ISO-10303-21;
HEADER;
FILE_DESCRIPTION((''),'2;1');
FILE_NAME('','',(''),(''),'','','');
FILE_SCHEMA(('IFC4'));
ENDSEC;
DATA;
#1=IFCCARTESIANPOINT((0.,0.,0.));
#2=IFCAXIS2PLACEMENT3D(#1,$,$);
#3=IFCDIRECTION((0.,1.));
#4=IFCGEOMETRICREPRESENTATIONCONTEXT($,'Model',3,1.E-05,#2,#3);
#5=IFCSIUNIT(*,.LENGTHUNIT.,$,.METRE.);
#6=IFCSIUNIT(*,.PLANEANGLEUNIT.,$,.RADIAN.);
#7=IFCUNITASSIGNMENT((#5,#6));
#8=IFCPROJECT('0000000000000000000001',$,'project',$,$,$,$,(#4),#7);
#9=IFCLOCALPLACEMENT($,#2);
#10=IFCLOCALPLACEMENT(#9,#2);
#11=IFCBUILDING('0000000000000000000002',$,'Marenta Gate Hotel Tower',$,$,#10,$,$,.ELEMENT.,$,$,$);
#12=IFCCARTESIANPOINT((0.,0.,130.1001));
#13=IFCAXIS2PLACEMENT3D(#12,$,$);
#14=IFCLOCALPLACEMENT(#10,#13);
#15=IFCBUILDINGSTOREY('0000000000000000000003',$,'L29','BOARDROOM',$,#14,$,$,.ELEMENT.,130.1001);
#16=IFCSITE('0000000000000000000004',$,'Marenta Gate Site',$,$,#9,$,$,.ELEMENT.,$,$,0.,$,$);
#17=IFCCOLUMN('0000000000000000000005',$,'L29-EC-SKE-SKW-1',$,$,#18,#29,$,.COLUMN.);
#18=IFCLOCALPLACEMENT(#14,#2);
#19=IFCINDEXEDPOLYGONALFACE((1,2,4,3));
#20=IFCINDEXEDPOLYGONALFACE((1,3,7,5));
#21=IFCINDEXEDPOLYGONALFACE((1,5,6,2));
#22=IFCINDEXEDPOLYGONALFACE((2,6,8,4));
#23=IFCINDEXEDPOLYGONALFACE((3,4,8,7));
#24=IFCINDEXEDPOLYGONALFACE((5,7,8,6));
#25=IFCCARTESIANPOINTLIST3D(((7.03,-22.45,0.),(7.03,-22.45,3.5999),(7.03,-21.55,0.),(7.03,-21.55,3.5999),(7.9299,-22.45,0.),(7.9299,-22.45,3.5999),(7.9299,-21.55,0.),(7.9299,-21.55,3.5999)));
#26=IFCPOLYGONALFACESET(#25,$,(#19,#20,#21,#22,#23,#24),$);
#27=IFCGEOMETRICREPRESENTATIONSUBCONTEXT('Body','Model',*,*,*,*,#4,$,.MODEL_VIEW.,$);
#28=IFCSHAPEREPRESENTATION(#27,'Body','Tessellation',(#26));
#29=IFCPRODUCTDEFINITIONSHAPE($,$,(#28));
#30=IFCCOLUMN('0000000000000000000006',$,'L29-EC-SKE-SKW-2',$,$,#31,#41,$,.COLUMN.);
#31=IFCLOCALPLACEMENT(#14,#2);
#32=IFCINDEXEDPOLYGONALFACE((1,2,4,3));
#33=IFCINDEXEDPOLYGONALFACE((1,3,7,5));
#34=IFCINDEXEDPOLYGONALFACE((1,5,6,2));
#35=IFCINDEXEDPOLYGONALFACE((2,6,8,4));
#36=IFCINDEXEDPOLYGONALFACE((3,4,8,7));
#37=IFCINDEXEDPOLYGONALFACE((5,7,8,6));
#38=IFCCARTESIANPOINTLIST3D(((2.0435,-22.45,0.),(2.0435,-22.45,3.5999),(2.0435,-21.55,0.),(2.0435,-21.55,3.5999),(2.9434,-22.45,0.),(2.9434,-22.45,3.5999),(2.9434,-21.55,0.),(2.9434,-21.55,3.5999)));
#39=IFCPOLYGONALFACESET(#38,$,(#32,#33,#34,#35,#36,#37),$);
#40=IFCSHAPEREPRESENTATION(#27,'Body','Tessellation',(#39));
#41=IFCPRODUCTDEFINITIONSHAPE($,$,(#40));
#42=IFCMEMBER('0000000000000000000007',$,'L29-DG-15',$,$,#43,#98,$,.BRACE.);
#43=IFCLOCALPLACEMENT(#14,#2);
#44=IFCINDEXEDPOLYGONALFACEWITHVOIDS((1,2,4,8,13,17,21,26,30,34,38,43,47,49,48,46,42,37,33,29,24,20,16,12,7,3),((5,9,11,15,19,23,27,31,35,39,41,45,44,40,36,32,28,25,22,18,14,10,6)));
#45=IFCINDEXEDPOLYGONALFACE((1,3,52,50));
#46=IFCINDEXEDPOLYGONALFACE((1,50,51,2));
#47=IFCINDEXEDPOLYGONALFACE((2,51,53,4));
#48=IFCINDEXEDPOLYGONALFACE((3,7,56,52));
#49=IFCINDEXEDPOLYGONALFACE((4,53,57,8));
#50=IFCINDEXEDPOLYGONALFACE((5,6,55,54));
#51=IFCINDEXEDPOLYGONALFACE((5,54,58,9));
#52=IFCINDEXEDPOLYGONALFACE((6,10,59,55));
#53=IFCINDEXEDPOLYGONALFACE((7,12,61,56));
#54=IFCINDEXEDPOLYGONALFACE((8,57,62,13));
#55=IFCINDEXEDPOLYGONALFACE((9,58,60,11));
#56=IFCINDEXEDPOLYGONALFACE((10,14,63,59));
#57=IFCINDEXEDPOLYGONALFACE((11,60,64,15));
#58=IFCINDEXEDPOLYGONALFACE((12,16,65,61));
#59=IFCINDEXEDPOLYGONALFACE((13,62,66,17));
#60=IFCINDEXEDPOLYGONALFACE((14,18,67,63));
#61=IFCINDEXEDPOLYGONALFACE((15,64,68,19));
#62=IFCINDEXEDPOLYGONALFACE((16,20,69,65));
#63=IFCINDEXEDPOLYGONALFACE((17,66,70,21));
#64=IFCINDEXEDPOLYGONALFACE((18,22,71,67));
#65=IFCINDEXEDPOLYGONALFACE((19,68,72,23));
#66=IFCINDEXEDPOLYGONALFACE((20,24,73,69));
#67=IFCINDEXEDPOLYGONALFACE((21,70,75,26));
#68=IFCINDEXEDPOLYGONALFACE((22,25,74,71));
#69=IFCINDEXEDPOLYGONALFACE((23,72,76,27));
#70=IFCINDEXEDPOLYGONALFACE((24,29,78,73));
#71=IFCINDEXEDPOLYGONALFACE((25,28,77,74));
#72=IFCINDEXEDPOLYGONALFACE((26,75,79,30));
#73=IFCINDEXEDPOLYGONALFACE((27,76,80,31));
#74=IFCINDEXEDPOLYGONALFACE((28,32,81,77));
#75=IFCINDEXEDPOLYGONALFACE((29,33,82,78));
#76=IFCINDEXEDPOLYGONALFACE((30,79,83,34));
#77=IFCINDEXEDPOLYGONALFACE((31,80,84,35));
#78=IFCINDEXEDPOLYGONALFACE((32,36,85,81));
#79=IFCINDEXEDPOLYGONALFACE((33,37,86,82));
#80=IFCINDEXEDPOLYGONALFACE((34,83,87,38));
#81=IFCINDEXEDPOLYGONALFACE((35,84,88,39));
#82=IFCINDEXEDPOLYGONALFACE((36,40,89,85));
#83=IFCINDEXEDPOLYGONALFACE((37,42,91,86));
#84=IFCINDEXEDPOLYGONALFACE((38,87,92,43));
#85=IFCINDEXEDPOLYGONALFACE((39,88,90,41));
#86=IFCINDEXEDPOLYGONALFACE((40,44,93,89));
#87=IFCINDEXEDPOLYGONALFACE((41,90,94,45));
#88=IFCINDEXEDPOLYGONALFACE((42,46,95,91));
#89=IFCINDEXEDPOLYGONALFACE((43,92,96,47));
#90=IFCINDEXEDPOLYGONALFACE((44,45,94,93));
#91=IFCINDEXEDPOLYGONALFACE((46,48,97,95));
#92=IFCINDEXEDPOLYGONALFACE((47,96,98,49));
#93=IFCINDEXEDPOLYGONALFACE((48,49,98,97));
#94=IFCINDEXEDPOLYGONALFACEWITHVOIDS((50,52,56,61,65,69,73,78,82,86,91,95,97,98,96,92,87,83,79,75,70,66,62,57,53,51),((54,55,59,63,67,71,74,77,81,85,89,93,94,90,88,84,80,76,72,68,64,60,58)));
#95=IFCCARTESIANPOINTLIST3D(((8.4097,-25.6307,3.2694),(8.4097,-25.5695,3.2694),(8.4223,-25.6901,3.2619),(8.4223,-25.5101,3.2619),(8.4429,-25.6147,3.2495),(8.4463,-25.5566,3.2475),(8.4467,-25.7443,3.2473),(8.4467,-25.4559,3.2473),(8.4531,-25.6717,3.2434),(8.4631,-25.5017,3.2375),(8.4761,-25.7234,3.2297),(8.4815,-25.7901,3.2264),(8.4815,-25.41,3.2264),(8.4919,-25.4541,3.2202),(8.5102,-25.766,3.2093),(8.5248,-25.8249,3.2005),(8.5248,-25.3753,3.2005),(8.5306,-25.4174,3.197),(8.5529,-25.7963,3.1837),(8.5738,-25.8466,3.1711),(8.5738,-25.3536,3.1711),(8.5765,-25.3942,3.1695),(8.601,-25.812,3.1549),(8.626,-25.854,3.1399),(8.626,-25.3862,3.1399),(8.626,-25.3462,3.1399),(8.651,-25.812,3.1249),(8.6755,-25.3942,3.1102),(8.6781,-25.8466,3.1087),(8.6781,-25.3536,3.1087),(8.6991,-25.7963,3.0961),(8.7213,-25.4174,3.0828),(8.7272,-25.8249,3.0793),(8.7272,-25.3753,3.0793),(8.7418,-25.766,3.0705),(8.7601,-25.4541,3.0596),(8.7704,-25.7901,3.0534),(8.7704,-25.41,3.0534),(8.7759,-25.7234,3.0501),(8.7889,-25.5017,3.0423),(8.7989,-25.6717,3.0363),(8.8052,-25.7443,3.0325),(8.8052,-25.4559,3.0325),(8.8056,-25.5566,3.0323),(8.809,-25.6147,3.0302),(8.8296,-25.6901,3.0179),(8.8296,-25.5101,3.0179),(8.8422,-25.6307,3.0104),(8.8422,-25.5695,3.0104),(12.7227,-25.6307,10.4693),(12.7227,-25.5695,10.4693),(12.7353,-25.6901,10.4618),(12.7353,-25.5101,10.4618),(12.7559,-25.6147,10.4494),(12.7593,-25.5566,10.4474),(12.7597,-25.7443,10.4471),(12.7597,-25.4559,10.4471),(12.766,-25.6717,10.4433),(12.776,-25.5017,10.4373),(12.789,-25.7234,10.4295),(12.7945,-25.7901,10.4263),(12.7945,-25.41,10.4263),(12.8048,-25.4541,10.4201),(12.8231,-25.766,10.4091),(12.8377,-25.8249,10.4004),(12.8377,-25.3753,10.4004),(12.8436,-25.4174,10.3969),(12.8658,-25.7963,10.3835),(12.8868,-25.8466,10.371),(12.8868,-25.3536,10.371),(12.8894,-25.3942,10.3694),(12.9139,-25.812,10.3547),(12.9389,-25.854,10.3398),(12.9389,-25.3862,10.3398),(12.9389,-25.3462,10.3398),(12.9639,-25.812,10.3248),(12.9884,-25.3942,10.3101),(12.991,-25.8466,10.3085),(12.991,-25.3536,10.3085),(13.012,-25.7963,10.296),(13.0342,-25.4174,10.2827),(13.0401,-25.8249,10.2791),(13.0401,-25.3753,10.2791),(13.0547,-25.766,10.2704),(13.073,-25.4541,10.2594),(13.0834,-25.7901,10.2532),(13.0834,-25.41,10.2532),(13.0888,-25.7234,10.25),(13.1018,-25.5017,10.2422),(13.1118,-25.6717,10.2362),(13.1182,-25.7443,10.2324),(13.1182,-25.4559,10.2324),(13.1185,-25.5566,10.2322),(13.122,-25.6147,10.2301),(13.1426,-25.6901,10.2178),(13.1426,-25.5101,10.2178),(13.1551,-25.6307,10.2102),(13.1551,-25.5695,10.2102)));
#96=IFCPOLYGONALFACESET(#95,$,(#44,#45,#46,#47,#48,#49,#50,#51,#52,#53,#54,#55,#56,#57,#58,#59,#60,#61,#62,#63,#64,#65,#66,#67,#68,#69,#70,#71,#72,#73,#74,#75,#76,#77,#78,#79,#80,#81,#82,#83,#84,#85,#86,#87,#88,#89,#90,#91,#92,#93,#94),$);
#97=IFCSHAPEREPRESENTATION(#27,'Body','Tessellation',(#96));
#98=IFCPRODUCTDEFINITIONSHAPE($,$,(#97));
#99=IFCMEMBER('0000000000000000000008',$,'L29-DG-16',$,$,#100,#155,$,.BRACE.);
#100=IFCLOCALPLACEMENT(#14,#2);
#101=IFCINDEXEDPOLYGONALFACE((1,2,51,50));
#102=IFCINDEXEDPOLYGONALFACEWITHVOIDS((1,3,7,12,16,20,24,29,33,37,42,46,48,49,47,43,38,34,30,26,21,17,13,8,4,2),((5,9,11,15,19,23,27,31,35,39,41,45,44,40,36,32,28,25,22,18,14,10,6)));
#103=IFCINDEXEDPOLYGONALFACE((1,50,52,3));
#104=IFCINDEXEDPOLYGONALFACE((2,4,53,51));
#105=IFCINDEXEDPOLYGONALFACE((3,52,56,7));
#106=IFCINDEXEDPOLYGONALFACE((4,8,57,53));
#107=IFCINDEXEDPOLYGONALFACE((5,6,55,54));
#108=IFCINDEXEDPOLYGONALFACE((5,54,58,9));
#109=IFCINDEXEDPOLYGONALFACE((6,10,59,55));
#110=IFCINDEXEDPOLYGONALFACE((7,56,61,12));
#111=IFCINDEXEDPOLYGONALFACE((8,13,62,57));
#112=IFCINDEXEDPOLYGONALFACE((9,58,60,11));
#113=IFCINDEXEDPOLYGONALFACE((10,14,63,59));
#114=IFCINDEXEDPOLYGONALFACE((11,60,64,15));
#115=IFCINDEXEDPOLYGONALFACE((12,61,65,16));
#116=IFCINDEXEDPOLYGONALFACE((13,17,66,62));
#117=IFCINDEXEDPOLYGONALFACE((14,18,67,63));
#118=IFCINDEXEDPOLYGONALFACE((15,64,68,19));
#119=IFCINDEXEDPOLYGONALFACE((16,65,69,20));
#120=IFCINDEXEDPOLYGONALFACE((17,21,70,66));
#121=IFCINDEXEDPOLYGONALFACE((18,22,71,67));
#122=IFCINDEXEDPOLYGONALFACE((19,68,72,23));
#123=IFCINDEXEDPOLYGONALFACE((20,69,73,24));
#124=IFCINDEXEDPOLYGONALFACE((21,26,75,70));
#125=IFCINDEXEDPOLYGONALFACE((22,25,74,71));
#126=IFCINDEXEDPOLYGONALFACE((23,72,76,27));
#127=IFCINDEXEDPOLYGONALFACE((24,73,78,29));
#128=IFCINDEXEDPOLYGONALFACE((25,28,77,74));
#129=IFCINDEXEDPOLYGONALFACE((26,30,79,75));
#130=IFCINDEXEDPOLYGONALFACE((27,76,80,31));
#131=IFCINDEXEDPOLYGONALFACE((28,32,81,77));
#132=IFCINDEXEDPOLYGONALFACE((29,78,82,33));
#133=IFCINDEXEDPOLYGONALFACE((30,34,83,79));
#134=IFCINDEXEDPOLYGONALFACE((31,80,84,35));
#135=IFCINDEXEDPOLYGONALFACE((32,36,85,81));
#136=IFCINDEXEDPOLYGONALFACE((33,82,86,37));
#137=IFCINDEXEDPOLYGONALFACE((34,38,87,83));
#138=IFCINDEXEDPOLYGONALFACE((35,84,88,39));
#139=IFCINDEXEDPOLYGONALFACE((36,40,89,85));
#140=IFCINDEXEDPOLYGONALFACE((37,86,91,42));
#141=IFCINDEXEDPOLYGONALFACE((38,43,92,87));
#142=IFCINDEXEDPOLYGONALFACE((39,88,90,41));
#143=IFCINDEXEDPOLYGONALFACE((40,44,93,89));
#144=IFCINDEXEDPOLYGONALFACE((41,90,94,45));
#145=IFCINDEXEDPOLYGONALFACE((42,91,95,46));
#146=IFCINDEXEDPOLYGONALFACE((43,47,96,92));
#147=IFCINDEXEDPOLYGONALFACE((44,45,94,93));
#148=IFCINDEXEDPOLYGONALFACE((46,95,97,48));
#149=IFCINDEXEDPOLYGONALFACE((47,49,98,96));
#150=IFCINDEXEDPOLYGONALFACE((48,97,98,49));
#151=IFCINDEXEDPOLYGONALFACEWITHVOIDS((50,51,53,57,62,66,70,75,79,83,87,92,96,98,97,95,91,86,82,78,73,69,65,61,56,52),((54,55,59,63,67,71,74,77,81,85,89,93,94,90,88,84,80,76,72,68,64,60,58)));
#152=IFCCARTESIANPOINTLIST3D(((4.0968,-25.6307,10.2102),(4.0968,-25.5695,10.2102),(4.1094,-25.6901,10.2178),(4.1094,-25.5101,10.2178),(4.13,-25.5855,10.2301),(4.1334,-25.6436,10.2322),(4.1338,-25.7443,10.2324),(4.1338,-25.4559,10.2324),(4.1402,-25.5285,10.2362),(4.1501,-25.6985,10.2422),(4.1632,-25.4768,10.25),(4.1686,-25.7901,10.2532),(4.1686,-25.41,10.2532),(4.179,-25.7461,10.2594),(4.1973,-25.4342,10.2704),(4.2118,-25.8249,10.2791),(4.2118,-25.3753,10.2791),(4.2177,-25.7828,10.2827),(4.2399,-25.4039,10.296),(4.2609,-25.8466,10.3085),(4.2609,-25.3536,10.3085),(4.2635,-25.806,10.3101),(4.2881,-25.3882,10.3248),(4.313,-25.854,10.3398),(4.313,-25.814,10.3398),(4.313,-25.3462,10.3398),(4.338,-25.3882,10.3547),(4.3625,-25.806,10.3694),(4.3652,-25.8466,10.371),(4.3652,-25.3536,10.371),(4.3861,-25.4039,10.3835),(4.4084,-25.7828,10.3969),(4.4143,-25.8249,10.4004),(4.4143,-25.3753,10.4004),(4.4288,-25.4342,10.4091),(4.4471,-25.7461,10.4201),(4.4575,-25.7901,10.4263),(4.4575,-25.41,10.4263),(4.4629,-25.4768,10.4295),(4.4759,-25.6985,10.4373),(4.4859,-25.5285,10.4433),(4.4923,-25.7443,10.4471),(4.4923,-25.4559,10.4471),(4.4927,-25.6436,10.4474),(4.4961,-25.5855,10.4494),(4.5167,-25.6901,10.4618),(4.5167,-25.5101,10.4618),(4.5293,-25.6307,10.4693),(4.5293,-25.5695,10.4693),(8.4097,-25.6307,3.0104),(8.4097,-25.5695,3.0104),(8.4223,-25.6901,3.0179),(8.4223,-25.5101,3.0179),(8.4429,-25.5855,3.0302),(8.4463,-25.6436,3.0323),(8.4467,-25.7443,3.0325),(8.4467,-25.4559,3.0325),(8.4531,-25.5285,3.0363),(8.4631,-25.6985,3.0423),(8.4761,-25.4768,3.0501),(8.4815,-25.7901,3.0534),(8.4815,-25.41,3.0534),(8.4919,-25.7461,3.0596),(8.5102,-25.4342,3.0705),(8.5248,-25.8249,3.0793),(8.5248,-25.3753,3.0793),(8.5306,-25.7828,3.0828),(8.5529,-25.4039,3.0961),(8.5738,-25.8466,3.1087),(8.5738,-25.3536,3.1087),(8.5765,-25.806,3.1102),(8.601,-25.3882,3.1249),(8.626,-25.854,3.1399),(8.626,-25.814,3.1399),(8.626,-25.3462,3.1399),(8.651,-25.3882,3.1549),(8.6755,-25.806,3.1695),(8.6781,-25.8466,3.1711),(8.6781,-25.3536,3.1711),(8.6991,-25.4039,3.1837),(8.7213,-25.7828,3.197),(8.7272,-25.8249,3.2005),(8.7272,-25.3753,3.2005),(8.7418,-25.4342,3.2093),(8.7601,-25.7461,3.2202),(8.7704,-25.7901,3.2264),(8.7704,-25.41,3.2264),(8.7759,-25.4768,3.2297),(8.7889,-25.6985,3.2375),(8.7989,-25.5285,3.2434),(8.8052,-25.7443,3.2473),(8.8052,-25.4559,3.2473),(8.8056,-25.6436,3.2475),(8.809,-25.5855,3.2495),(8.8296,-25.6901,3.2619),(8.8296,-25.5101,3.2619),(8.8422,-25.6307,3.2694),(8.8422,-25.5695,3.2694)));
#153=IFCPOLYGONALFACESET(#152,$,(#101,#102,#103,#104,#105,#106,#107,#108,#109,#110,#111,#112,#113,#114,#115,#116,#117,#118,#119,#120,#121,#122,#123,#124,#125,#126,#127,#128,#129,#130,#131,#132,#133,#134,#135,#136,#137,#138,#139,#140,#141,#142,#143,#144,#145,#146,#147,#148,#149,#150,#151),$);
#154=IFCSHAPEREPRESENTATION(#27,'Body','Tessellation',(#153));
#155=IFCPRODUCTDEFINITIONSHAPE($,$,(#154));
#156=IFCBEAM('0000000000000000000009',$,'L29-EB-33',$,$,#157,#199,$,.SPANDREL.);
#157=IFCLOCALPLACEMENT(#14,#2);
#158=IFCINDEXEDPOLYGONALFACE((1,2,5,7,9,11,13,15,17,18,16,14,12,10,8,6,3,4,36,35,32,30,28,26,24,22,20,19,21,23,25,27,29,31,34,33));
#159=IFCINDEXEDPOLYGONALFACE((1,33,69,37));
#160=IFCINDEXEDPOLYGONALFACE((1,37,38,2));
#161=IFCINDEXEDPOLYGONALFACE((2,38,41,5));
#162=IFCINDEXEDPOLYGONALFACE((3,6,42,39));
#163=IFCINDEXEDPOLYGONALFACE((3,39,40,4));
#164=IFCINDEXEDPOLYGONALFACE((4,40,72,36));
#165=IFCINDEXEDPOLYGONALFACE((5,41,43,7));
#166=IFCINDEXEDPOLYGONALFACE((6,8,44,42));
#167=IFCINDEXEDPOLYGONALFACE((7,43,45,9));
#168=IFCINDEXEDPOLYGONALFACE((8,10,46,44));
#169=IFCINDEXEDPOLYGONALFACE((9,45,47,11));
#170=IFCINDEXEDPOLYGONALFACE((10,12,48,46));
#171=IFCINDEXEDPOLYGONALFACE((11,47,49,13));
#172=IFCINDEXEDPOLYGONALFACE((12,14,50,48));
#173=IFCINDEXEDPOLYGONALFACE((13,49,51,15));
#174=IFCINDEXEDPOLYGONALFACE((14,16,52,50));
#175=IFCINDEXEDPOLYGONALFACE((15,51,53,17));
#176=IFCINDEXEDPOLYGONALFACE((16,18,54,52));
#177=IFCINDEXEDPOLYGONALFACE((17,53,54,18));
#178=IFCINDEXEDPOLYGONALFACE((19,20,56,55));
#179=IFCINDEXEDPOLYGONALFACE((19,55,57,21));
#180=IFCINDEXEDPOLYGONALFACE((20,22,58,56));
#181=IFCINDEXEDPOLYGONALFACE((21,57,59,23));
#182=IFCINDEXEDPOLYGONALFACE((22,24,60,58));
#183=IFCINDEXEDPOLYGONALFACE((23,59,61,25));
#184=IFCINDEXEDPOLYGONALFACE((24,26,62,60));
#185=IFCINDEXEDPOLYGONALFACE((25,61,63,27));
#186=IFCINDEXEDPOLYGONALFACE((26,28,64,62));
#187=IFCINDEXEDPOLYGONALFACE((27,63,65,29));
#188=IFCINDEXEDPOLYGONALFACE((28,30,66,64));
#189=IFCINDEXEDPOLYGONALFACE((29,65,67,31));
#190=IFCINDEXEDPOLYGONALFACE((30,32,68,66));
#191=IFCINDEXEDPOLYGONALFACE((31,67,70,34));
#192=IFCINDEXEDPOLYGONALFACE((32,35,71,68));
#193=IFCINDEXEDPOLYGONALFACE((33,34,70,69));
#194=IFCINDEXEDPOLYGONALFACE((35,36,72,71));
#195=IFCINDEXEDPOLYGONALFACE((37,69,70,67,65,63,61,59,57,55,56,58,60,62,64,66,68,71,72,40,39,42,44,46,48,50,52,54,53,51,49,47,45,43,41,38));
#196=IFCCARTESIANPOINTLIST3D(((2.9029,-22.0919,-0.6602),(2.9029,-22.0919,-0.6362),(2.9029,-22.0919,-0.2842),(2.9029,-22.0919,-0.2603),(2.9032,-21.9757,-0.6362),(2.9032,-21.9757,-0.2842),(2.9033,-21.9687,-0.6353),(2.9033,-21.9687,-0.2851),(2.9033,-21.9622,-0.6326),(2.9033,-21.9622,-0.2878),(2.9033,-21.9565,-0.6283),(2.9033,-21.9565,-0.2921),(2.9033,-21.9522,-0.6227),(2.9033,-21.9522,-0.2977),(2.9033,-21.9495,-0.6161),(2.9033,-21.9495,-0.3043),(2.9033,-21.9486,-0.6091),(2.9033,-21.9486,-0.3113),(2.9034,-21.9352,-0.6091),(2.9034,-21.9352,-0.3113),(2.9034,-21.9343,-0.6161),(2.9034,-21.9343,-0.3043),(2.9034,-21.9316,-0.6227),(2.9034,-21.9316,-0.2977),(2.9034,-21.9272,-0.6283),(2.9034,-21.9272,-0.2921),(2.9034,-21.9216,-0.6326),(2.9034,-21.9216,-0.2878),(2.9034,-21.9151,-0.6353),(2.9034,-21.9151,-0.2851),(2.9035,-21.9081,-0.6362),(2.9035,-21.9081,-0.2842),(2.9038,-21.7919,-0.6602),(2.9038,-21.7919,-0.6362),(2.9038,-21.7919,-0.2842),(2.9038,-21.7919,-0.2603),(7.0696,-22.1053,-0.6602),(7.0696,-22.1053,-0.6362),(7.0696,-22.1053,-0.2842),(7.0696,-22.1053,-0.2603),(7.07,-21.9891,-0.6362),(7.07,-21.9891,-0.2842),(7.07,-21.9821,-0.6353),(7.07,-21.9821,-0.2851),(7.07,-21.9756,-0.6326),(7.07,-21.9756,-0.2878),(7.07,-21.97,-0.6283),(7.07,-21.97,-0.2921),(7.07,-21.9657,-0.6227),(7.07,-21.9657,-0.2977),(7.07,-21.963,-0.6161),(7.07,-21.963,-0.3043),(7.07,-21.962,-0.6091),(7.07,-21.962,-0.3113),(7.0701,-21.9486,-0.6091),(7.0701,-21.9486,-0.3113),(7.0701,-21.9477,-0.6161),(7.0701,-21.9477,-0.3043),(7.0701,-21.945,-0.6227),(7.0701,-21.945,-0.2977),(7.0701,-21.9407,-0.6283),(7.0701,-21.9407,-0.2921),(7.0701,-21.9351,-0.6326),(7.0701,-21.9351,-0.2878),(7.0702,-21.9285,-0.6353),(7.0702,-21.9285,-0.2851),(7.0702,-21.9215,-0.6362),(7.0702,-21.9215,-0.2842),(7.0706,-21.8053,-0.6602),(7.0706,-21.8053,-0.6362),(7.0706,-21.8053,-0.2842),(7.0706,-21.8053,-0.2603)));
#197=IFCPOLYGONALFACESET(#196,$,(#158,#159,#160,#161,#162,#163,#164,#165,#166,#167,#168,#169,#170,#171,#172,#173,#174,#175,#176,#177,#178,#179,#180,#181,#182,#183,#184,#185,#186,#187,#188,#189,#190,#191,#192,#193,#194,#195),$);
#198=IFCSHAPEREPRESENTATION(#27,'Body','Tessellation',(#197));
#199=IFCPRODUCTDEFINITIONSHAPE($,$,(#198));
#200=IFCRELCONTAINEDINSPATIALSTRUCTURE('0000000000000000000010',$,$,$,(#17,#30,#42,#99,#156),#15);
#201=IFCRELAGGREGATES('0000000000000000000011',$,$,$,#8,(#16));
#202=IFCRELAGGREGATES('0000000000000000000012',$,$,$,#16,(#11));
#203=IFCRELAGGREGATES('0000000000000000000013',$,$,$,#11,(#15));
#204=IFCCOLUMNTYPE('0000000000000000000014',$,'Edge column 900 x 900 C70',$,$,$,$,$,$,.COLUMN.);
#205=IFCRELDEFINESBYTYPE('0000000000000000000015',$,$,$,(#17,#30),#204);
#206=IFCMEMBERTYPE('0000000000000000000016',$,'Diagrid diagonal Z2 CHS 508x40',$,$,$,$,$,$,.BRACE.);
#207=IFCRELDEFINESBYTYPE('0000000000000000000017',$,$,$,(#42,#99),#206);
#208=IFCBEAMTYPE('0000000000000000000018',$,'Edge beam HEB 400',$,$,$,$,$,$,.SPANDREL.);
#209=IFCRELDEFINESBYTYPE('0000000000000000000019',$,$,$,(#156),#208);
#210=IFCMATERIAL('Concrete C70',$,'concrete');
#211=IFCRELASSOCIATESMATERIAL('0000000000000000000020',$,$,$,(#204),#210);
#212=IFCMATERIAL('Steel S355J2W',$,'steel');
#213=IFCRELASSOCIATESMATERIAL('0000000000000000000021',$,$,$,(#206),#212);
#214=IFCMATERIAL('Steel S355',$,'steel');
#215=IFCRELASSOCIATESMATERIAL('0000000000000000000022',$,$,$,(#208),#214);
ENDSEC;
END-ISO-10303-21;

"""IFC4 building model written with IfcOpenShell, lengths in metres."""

from ifc_helpers import new_model, si_unit, direction, frame, origin, origin_2d, place, context, subcontext, project, spatial, rectangle, hollow_circle, i_section, extrude, material, material_profile, profile_set, type_object, element, save


model = new_model("IFC4")

# Units and contexts
model_context = context("Model", 3, precision=1e-05, world=origin(), true_north=direction((0.0, 1.0)))
body_context = subcontext(model_context, "Body", "Model", "MODEL_VIEW")
ifc_project = project(units=[si_unit("LENGTHUNIT", "METRE"), si_unit("PLANEANGLEUNIT", "RADIAN")], contexts=[model_context])

# Site, building, storey
site_placement = place(None, origin())
site = spatial("IfcSite", under=ifc_project, at=site_placement, Name="Marenta Gate Site", CompositionType="ELEMENT", RefElevation=0.0)
building_placement = place(site_placement, origin())
building = spatial("IfcBuilding", under=site, at=building_placement, Name="Marenta Gate Hotel Tower", CompositionType="ELEMENT")
storey_placement = place(building_placement, frame((0.0, 0.0, 130.1001)))
storey = spatial("IfcBuildingStorey", under=building, at=storey_placement, Name="L29", Description="BOARDROOM", CompositionType="ELEMENT", Elevation=130.1001)

# Columns
ifc_material_1 = material(Name="Concrete C70", Category="concrete")
ifc_material_profile_1 = material_profile(ifc_material_1, rectangle(XDim=0.8999, YDim=0.8999, at=origin_2d()), Name="900 x 900")
ifc_profile_set_1 = profile_set([ifc_material_profile_1], Name="Concrete C70")
column_type = type_object("IfcColumnType", Name="Edge column 900 x 900 C70", PredefinedType="COLUMN", material=ifc_profile_set_1)
for number, where, z_axis, x_axis, name in (
    (1, (7.48, -22.0, 0.0), (0.0, 0.0, 1.0), (1.0, 0.0, 0.0), "L29-EC-SKE-SKW-1"),
    (2, (2.4934, -22.0, 0.0), (0.0, 0.0, 1.0), (1.0, 0.0, 0.0), "L29-EC-SKE-SKW-2"),
):
    element("IfcColumn", number, at=place(storey_placement, frame(where, z_axis=z_axis, x_axis=x_axis)), inside=storey, type_object=column_type, Name=name, PredefinedType="COLUMN", context=body_context, shape_type="SweptSolid", body=[
        extrude(rectangle(XDim=0.8999, YDim=0.8999, at=origin_2d()), origin(), (0.0, 0.0, 1.0), 3.5999),
    ])

# Members
ifc_material_2 = material(Name="Steel S355J2W", Category="steel")
ifc_material_profile_2 = material_profile(ifc_material_2, hollow_circle(Radius=0.2539, WallThickness=0.04, at=origin_2d()), Name="CHS 508x40")
ifc_profile_set_2 = profile_set([ifc_material_profile_2], Name="Steel S355J2W")
member_type_1 = type_object("IfcMemberType", Name="Diagrid diagonal Z2 CHS 508x40", PredefinedType="BRACE", material=ifc_profile_set_2)
for number, where, z_axis, x_axis, name in (
    (3, (8.626, -25.6001, 3.1399), (0.513884, 0.0, 0.85786), (0.0, 1.0, 0.0), "L29-DG-15"),
    (4, (8.626, -25.6001, 3.1399), (-0.513884, 0.0, 0.85786), (0.0, -1.0, 0.0), "L29-DG-16"),
):
    element("IfcMember", number, at=place(storey_placement, frame(where, z_axis=z_axis, x_axis=x_axis)), inside=storey, type_object=member_type_1, Name=name, PredefinedType="BRACE", context=body_context, shape_type="SweptSolid", body=[
        extrude(hollow_circle(Radius=0.2539, WallThickness=0.04, at=origin_2d()), origin(), (0.0, 0.0, 1.0), 8.3928),
    ])

# Beam
ifc_material_3 = material(Name="Steel S355", Category="steel")
ifc_material_profile_3 = material_profile(ifc_material_3, i_section(OverallWidth=0.3, OverallDepth=0.3999, WebThickness=0.0134, FlangeThickness=0.0239, FilletRadius=0.0271, at=origin_2d()), Name="HEB 400")
ifc_profile_set_3 = profile_set([ifc_material_profile_3], Name="Steel S355")
beam_type = type_object("IfcBeamType", Name="Edge beam HEB 400", PredefinedType="SPANDREL", material=ifc_profile_set_3)
beam_1_placement = place(storey_placement, frame((7.0701, -21.9553, -0.4602), z_axis=(-0.999995, 0.003223, 0.0), x_axis=(-0.003223, -0.999995, 0.0)))
element("IfcBeam", 5, at=beam_1_placement, inside=storey, type_object=beam_type, Name="L29-EB-33", PredefinedType="SPANDREL", context=body_context, shape_type="SweptSolid", body=[
    extrude(i_section(OverallWidth=0.3, OverallDepth=0.3999, WebThickness=0.0134, FlangeThickness=0.0239, FilletRadius=0.0271, at=origin_2d()), origin(), (0.0, 0.0, 1.0), 4.1667),
])

save(model, "model.ifc")
